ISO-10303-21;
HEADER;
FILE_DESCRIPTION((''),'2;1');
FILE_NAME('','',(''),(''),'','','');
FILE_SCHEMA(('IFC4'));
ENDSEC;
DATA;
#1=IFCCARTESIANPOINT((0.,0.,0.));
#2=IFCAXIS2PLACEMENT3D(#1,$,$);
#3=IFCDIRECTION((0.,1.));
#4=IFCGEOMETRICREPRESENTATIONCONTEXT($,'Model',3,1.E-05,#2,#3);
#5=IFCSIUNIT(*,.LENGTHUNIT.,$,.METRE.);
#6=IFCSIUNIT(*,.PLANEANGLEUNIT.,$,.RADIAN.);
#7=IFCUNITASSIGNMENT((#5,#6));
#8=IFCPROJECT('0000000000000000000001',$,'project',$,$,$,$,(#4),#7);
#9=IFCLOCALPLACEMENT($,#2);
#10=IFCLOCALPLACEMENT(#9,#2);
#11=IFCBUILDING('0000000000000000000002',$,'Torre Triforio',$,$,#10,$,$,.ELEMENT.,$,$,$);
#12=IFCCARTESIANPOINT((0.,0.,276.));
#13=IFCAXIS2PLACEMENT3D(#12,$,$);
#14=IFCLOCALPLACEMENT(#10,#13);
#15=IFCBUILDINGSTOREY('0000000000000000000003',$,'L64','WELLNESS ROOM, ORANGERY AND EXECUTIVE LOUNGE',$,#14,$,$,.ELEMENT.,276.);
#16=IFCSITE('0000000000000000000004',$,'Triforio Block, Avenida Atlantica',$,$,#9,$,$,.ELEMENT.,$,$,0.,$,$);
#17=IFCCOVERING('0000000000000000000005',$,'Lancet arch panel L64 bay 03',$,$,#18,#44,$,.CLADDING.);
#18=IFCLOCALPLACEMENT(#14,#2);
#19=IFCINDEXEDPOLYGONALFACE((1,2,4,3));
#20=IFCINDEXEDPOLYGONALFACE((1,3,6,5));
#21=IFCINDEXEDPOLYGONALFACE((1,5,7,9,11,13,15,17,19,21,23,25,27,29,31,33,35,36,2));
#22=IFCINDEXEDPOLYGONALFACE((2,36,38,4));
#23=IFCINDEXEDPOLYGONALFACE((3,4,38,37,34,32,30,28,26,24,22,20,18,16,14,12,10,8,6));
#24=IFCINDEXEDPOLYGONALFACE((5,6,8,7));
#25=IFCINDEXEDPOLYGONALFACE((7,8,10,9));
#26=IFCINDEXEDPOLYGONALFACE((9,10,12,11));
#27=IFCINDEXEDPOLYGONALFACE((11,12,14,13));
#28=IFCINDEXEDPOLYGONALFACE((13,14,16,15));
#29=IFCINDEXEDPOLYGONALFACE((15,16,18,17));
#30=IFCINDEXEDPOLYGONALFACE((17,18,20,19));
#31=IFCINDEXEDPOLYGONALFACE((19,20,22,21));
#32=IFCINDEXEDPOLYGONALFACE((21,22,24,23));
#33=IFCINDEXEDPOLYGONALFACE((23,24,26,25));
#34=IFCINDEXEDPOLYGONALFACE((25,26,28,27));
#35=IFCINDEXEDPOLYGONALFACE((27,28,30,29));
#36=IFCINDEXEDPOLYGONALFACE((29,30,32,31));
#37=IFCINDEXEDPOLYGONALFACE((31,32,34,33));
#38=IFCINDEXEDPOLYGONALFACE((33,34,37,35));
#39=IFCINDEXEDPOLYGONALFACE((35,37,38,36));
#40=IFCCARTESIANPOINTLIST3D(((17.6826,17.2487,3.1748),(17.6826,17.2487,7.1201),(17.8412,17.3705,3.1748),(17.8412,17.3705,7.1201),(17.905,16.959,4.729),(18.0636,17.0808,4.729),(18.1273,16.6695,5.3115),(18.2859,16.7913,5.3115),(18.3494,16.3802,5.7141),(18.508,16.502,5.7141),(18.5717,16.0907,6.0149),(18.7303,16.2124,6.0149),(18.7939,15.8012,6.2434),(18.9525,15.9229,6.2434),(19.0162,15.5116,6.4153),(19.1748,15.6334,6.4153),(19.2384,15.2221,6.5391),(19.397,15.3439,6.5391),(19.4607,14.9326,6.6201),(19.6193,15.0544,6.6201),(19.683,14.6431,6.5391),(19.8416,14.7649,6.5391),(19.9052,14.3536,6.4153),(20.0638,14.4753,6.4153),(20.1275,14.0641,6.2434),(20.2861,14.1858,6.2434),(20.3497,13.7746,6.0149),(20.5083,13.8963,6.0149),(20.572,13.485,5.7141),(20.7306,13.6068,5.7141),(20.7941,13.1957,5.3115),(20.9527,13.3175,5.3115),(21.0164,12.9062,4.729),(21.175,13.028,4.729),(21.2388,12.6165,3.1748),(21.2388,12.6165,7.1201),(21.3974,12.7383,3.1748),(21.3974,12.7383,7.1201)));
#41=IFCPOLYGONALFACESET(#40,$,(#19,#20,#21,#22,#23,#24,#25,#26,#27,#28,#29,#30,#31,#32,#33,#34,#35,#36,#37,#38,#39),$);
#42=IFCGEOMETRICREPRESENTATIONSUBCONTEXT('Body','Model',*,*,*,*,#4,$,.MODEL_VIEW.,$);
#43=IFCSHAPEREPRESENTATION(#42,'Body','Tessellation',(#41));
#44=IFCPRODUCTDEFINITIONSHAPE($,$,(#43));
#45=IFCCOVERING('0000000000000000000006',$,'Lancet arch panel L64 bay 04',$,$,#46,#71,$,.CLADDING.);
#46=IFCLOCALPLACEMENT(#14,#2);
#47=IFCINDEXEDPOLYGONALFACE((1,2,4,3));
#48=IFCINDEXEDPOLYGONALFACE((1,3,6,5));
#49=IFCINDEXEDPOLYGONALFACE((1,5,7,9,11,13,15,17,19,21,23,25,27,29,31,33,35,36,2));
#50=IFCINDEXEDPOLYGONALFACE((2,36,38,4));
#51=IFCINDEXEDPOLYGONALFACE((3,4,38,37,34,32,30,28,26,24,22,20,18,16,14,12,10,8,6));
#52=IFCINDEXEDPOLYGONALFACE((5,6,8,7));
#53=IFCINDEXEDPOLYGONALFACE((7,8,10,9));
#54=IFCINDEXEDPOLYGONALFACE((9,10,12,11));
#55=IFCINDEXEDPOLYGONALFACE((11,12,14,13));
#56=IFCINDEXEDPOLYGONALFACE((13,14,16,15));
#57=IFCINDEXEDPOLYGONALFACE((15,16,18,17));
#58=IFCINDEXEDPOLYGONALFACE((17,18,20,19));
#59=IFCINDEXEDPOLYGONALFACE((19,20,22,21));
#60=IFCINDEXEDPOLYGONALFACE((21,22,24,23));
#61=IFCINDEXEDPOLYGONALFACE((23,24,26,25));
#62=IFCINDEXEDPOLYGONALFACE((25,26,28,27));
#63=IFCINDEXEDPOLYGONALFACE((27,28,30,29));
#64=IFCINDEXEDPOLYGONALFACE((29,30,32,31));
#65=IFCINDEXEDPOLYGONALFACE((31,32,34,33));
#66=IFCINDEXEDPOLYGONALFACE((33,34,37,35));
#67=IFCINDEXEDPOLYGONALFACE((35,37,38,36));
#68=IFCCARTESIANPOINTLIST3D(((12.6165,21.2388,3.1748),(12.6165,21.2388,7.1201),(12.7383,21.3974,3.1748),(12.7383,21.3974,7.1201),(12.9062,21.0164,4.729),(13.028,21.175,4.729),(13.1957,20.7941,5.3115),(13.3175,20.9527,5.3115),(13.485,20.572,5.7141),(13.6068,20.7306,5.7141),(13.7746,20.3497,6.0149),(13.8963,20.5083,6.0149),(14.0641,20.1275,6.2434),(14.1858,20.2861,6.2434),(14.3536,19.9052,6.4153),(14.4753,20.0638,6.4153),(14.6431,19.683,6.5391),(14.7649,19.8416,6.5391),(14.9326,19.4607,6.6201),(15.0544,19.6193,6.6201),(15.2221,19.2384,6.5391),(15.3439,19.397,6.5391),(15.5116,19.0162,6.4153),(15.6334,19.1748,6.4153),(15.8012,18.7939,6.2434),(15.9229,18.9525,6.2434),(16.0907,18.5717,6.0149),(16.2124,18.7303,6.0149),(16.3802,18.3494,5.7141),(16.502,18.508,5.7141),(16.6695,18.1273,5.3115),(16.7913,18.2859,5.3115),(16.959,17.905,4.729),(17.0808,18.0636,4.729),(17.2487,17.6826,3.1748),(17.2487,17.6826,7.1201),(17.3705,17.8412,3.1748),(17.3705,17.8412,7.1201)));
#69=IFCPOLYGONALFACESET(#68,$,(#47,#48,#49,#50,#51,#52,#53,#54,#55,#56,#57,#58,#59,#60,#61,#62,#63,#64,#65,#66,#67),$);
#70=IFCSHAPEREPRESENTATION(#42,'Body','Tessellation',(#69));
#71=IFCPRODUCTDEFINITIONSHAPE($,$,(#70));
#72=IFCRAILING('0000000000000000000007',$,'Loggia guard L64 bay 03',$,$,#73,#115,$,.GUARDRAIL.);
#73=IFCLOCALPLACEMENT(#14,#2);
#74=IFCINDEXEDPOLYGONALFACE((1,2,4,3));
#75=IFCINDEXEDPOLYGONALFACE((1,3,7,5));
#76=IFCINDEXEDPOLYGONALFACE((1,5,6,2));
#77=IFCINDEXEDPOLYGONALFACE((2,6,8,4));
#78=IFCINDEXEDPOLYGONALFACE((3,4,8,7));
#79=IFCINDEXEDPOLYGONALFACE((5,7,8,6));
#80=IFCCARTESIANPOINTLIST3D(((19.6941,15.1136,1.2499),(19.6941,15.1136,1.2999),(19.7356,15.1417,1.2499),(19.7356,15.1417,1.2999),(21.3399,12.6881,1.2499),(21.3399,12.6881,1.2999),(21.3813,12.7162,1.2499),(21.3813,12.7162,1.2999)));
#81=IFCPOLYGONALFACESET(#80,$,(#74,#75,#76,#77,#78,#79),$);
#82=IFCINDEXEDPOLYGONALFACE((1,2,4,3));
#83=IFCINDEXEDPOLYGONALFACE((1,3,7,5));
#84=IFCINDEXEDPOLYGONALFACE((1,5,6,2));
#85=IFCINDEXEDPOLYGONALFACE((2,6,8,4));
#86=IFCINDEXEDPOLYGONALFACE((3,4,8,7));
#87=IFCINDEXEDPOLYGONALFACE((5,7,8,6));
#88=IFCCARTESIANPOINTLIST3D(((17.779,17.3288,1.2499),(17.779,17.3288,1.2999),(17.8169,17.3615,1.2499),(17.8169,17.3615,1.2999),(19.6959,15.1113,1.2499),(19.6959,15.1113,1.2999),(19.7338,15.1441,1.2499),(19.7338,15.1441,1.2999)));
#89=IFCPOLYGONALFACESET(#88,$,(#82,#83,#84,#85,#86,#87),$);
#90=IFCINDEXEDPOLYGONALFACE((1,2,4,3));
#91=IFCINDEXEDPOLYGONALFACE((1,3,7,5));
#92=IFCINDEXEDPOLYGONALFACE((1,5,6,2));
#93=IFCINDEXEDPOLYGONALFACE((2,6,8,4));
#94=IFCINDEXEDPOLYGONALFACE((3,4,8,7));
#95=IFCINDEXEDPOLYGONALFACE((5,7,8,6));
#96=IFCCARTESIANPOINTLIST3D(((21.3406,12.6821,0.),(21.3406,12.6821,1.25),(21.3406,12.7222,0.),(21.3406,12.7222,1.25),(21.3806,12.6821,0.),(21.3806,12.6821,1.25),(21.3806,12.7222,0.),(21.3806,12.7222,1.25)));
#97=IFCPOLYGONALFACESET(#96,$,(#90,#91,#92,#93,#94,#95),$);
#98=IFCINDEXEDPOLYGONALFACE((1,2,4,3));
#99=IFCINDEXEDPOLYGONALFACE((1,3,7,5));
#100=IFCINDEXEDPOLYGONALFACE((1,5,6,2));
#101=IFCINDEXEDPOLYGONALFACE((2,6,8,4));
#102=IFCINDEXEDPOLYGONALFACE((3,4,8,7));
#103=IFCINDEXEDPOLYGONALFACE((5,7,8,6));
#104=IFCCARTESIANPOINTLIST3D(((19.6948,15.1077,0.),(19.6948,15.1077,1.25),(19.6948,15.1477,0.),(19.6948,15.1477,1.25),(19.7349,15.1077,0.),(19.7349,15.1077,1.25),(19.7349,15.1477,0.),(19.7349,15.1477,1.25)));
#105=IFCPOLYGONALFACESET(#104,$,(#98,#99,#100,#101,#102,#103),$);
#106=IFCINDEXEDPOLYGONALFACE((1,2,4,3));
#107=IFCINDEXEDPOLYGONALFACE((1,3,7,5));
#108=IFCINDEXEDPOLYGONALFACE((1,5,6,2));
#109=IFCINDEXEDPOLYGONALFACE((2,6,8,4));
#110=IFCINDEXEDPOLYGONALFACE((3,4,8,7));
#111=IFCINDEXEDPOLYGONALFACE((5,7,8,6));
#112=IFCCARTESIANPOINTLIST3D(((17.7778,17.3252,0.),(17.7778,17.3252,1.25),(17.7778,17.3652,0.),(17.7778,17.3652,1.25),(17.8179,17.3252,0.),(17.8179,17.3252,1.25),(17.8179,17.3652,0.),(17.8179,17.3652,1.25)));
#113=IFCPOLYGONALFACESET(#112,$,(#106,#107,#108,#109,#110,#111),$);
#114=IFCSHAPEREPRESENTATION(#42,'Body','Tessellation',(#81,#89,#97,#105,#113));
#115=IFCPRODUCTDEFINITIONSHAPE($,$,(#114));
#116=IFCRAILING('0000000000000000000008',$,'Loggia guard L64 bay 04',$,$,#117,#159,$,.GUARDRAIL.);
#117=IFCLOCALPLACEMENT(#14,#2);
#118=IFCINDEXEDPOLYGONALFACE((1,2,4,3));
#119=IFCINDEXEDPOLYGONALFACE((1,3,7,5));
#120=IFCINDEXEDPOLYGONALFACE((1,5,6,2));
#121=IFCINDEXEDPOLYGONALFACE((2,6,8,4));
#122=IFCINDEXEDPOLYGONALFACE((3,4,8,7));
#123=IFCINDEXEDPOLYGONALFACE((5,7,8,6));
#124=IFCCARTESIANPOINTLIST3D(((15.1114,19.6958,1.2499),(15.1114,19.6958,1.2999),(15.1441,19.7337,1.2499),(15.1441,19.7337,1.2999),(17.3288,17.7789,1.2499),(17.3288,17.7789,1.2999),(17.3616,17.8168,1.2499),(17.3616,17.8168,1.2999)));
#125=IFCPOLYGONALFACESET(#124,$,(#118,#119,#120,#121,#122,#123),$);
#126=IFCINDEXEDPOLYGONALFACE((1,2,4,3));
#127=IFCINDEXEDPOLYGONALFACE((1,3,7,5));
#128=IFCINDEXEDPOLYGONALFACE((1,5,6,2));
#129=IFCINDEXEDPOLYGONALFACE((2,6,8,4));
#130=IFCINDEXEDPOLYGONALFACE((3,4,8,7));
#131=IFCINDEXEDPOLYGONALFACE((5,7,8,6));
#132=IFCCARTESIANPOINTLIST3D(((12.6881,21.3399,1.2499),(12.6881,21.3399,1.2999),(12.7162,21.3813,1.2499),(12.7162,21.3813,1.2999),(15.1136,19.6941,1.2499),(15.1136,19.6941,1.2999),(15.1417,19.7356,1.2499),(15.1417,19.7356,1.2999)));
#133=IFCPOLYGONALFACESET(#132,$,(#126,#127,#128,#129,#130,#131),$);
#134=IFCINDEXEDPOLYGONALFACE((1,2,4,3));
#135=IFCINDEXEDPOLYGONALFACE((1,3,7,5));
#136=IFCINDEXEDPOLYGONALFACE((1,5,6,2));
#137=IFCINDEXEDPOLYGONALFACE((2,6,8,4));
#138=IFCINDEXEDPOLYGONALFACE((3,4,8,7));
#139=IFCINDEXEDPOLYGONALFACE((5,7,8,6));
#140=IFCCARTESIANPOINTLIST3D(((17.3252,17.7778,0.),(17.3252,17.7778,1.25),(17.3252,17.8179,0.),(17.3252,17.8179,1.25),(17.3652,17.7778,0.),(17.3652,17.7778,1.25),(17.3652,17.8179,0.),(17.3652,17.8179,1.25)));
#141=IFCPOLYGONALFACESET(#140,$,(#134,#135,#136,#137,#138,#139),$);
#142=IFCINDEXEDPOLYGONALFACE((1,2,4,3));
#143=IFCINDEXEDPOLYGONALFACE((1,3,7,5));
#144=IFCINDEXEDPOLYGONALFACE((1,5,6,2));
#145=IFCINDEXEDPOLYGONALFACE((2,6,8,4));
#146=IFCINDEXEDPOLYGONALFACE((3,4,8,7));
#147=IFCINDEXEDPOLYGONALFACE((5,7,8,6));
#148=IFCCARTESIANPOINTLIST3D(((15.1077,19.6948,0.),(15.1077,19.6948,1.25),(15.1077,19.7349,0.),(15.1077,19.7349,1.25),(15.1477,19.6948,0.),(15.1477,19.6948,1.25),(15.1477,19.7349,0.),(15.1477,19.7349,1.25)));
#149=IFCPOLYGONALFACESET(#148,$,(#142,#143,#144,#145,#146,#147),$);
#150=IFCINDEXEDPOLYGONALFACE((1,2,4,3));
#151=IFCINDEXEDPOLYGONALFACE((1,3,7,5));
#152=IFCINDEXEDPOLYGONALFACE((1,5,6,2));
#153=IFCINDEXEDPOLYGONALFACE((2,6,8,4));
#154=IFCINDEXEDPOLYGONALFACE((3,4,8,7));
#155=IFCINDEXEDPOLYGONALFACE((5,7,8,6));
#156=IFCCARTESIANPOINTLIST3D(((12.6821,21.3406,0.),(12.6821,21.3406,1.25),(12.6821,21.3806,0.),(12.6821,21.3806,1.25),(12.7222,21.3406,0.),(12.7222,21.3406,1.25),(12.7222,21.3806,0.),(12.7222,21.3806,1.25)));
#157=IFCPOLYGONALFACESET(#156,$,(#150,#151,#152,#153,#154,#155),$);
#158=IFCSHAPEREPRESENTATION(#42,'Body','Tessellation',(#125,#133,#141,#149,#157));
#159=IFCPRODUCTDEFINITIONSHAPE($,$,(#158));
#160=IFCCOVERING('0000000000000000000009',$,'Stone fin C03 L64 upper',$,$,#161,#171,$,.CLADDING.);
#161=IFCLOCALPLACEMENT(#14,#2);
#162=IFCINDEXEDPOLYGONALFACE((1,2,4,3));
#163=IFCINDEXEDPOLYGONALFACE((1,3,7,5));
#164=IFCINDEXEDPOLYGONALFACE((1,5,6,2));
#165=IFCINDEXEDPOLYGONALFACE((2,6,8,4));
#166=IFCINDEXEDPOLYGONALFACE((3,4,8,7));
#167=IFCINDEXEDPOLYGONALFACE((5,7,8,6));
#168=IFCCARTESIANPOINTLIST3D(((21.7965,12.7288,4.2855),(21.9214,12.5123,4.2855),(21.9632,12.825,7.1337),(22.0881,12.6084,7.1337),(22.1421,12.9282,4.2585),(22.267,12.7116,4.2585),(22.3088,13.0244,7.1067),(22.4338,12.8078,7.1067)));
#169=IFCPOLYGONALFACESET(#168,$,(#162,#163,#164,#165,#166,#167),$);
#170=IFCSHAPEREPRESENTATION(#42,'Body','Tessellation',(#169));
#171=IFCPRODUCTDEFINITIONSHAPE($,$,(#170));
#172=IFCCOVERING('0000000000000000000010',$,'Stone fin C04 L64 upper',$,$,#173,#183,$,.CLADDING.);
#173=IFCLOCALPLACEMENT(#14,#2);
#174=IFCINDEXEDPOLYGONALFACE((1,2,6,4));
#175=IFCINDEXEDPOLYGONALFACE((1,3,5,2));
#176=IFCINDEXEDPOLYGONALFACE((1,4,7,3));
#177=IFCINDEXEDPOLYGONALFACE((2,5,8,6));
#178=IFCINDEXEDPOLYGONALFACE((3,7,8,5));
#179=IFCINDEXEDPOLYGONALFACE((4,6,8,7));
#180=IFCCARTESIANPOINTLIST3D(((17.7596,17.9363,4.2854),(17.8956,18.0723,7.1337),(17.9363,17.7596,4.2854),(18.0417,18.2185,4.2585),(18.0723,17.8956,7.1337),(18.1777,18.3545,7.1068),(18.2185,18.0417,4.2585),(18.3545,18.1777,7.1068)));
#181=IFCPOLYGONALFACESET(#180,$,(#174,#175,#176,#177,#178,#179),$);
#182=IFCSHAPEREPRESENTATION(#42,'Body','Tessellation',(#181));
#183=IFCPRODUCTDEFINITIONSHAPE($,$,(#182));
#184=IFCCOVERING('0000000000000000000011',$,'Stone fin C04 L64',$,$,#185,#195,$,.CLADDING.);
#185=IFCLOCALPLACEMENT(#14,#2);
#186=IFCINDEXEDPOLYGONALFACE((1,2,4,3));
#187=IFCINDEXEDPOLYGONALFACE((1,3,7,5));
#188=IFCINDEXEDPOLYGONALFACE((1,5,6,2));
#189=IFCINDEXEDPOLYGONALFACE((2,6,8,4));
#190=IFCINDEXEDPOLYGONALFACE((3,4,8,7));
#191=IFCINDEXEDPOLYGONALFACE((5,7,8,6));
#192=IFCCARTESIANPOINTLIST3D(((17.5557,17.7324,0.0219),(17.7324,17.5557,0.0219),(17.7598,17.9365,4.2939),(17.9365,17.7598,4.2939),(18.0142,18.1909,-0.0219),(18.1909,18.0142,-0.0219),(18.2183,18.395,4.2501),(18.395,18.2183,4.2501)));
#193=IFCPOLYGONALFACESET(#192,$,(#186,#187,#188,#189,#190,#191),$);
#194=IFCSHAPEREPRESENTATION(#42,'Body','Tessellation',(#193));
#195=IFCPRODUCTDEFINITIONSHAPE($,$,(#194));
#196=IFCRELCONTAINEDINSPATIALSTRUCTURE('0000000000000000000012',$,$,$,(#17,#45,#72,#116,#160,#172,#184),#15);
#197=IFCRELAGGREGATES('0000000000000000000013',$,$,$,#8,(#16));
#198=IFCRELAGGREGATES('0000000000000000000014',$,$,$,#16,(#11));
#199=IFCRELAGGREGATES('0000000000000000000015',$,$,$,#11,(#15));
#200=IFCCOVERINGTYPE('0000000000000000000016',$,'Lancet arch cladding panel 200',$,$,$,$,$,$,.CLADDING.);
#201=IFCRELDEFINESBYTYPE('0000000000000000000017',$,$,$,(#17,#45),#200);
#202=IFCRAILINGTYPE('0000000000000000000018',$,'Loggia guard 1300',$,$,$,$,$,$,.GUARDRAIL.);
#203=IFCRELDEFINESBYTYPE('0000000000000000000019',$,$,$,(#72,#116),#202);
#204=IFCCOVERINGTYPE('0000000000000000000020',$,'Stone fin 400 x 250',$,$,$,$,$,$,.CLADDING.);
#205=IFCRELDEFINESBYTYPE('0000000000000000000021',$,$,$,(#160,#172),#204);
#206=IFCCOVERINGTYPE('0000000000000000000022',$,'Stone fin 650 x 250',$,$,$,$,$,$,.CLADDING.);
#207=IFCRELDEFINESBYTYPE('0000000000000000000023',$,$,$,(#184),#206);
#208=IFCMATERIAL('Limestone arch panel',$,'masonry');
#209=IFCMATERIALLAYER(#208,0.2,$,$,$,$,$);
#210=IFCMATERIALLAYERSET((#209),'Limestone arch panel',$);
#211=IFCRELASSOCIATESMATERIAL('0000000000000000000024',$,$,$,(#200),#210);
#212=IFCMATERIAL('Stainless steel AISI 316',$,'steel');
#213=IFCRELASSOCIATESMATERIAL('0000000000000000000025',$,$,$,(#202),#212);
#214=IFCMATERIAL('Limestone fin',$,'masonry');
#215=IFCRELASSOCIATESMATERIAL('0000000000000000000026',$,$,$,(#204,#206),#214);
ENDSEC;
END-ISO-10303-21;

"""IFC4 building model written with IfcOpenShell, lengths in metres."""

from ifc_helpers import new_model, si_unit, direction, frame, origin, origin_2d, place, context, subcontext, project, spatial, polyline, rectangle, outline, extrude, material, layer, layer_set, material_profile, profile_set, type_object, element, save


model = new_model("IFC4")

# Units and contexts
model_context = context("Model", 3, precision=1e-05, world=origin(), true_north=direction((0.0, 1.0)))
body_context = subcontext(model_context, "Body", "Model", "MODEL_VIEW")
ifc_project = project(units=[si_unit("LENGTHUNIT", "METRE"), si_unit("PLANEANGLEUNIT", "RADIAN")], contexts=[model_context])

# Site, building, storey
site_placement = place(None, origin())
site = spatial("IfcSite", under=ifc_project, at=site_placement, Name="Triforio Block, Avenida Atlantica", CompositionType="ELEMENT", RefElevation=0.0)
building_placement = place(site_placement, origin())
building = spatial("IfcBuilding", under=site, at=building_placement, Name="Torre Triforio", CompositionType="ELEMENT")
storey_placement = place(building_placement, frame((0.0, 0.0, 276.0)))
storey = spatial("IfcBuildingStorey", under=building, at=storey_placement, Name="L64", Description="WELLNESS ROOM, ORANGERY AND EXECUTIVE LOUNGE", CompositionType="ELEMENT", Elevation=276.0)

# Coverings
ifc_material_1 = material(Name="Limestone arch panel", Category="masonry")
ifc_layer_1 = layer(ifc_material_1, 0.2)
ifc_layer_set_1 = layer_set([ifc_layer_1], Name="Limestone arch panel")
covering_type_1 = type_object("IfcCoveringType", Name="Lancet arch cladding panel 200", PredefinedType="CLADDING", material=ifc_layer_set_1)
for number, where, z_axis, x_axis, name in (
    (1, (19.4607, 14.9326, 0.0), (0.793213, 0.608944, 0.0), (-0.608944, 0.793213, 0.0), "Lancet arch panel L64 bay 03"),
    (2, (14.9326, 19.4607, 0.0), (0.608944, 0.793213, 0.0), (-0.793213, 0.608944, 0.0), "Lancet arch panel L64 bay 04"),
):
    element("IfcCovering", number, at=place(storey_placement, frame(where, z_axis=z_axis, x_axis=x_axis)), inside=storey, type_object=covering_type_1, Name=name, PredefinedType="CLADDING", context=body_context, shape_type="SweptSolid", body=[
        extrude(outline(polyline([(-2.9199, 7.1201), (-2.9199, 3.1748), (-2.5547, 4.729), (-2.1897, 5.3115), (-1.825, 5.7141), (-1.46, 6.0149), (-1.095, 6.2434), (-0.73, 6.4153), (-0.365, 6.5391), (0.0, 6.6201), (0.365, 6.5391), (0.73, 6.4153), (1.095, 6.2434), (1.46, 6.0149), (1.825, 5.7141), (2.1897, 5.3115), (2.5547, 4.729), (2.9199, 3.1748), (2.9199, 7.1201), (-2.9199, 7.1201)])), origin(), (0.0, 0.0, 1.0), 0.2),
    ])

# Railings
ifc_material_2 = material(Name="Stainless steel AISI 316", Category="steel")
railing_type = type_object("IfcRailingType", Name="Loggia guard 1300", PredefinedType="GUARDRAIL", material=ifc_material_2)
railing_1_placement = place(storey_placement, frame((21.3606, 12.7021, 0.0)))
element("IfcRailing", 3, at=railing_1_placement, inside=storey, type_object=railing_type, Name="Loggia guard L64 bay 03", PredefinedType="GUARDRAIL", context=body_context, shape_type="SweptSolid", body=[
    extrude(rectangle(XDim=0.05, YDim=0.05, at=origin_2d()), frame((0.0, 0.0, 1.2749), z_axis=(-0.561467, 0.827499, 0.0), x_axis=(-0.827499, -0.561467, 0.0)), (0.0, 0.0, 1.0), 2.9312),
    extrude(rectangle(XDim=0.05, YDim=0.05, at=origin_2d()), frame((-1.6458, 2.4255, 1.2749), z_axis=(-0.653982, 0.75651, 0.0), x_axis=(-0.75651, -0.653982, 0.0)), (0.0, 0.0, 1.0), 2.9312),
    extrude(rectangle(XDim=0.04, YDim=0.04, at=origin_2d()), origin(), (0.0, 0.0, 1.0), 1.25),
    extrude(rectangle(XDim=0.04, YDim=0.04, at=origin_2d()), frame((-1.6458, 2.4255, 0.0)), (0.0, 0.0, 1.0), 1.25),
    extrude(rectangle(XDim=0.04, YDim=0.04, at=origin_2d()), frame((-3.5627, 4.6431, 0.0)), (0.0, 0.0, 1.0), 1.25),
])
railing_2_placement = place(storey_placement, frame((17.3452, 17.7979, 0.0)))
element("IfcRailing", 4, at=railing_2_placement, inside=storey, type_object=railing_type, Name="Loggia guard L64 bay 04", PredefinedType="GUARDRAIL", context=body_context, shape_type="SweptSolid", body=[
    extrude(rectangle(XDim=0.05, YDim=0.05, at=origin_2d()), frame((0.0, 0.0, 1.2749), z_axis=(-0.75651, 0.653982, 0.0), x_axis=(-0.653982, -0.75651, 0.0)), (0.0, 0.0, 1.0), 2.9312),
    extrude(rectangle(XDim=0.05, YDim=0.05, at=origin_2d()), frame((-2.2175, 1.917, 1.2749), z_axis=(-0.827499, 0.561467, 0.0), x_axis=(-0.561467, -0.827499, 0.0)), (0.0, 0.0, 1.0), 2.9312),
    extrude(rectangle(XDim=0.04, YDim=0.04, at=origin_2d()), origin(), (0.0, 0.0, 1.0), 1.25),
    extrude(rectangle(XDim=0.04, YDim=0.04, at=origin_2d()), frame((-2.2175, 1.917, 0.0)), (0.0, 0.0, 1.0), 1.25),
    extrude(rectangle(XDim=0.04, YDim=0.04, at=origin_2d()), frame((-4.6431, 3.5627, 0.0)), (0.0, 0.0, 1.0), 1.25),
])

# Coverings
ifc_material_3 = material(Name="Limestone fin", Category="masonry")
ifc_material_profile_1 = material_profile(ifc_material_3, rectangle(XDim=0.3999, YDim=0.25, at=origin_2d()), Name="FIN 400x250")
ifc_profile_set_1 = profile_set([ifc_material_profile_1], Name="Limestone fin")
covering_type_2 = type_object("IfcCoveringType", Name="Stone fin 400 x 250", PredefinedType="CLADDING", material=ifc_profile_set_1)
for number, where, z_axis, x_axis, name in (
    (5, (22.0317, 12.7202, 4.272), (0.058413, 0.033696, 0.997724), (-0.864235, -0.498548, 0.067435), "Stone fin C03 L64 upper"),
    (6, (17.989, 17.989, 4.272), (0.047637, 0.047637, 0.997728), (-0.7055, -0.7055, 0.067369), "Stone fin C04 L64 upper"),
):
    element("IfcCovering", number, at=place(storey_placement, frame(where, z_axis=z_axis, x_axis=x_axis)), inside=storey, type_object=covering_type_2, Name=name, PredefinedType="CLADDING", context=body_context, shape_type="SweptSolid", body=[
        extrude(rectangle(XDim=0.3999, YDim=0.25, at=origin_2d()), origin(), (0.0, 0.0, 1.0), 2.8547),
    ])
ifc_material_profile_2 = material_profile(ifc_material_3, rectangle(XDim=0.6499, YDim=0.25, at=origin_2d()), Name="FIN 650x250")
ifc_profile_set_2 = profile_set([ifc_material_profile_2], Name="Limestone fin")
covering_type_3 = type_object("IfcCoveringType", Name="Stone fin 650 x 250", PredefinedType="CLADDING", material=ifc_profile_set_2)
covering_placement = place(storey_placement, frame((17.8733, 17.8733, 0.0), z_axis=(0.047668, 0.047668, 0.997725), x_axis=(-0.705498, -0.705498, 0.067413)))
element("IfcCovering", 7, at=covering_placement, inside=storey, type_object=covering_type_3, Name="Stone fin C04 L64", PredefinedType="CLADDING", context=body_context, shape_type="SweptSolid", body=[
    extrude(rectangle(XDim=0.6499, YDim=0.25, at=origin_2d()), origin(), (0.0, 0.0, 1.0), 4.2817),
])

save(model, "model.ifc")
